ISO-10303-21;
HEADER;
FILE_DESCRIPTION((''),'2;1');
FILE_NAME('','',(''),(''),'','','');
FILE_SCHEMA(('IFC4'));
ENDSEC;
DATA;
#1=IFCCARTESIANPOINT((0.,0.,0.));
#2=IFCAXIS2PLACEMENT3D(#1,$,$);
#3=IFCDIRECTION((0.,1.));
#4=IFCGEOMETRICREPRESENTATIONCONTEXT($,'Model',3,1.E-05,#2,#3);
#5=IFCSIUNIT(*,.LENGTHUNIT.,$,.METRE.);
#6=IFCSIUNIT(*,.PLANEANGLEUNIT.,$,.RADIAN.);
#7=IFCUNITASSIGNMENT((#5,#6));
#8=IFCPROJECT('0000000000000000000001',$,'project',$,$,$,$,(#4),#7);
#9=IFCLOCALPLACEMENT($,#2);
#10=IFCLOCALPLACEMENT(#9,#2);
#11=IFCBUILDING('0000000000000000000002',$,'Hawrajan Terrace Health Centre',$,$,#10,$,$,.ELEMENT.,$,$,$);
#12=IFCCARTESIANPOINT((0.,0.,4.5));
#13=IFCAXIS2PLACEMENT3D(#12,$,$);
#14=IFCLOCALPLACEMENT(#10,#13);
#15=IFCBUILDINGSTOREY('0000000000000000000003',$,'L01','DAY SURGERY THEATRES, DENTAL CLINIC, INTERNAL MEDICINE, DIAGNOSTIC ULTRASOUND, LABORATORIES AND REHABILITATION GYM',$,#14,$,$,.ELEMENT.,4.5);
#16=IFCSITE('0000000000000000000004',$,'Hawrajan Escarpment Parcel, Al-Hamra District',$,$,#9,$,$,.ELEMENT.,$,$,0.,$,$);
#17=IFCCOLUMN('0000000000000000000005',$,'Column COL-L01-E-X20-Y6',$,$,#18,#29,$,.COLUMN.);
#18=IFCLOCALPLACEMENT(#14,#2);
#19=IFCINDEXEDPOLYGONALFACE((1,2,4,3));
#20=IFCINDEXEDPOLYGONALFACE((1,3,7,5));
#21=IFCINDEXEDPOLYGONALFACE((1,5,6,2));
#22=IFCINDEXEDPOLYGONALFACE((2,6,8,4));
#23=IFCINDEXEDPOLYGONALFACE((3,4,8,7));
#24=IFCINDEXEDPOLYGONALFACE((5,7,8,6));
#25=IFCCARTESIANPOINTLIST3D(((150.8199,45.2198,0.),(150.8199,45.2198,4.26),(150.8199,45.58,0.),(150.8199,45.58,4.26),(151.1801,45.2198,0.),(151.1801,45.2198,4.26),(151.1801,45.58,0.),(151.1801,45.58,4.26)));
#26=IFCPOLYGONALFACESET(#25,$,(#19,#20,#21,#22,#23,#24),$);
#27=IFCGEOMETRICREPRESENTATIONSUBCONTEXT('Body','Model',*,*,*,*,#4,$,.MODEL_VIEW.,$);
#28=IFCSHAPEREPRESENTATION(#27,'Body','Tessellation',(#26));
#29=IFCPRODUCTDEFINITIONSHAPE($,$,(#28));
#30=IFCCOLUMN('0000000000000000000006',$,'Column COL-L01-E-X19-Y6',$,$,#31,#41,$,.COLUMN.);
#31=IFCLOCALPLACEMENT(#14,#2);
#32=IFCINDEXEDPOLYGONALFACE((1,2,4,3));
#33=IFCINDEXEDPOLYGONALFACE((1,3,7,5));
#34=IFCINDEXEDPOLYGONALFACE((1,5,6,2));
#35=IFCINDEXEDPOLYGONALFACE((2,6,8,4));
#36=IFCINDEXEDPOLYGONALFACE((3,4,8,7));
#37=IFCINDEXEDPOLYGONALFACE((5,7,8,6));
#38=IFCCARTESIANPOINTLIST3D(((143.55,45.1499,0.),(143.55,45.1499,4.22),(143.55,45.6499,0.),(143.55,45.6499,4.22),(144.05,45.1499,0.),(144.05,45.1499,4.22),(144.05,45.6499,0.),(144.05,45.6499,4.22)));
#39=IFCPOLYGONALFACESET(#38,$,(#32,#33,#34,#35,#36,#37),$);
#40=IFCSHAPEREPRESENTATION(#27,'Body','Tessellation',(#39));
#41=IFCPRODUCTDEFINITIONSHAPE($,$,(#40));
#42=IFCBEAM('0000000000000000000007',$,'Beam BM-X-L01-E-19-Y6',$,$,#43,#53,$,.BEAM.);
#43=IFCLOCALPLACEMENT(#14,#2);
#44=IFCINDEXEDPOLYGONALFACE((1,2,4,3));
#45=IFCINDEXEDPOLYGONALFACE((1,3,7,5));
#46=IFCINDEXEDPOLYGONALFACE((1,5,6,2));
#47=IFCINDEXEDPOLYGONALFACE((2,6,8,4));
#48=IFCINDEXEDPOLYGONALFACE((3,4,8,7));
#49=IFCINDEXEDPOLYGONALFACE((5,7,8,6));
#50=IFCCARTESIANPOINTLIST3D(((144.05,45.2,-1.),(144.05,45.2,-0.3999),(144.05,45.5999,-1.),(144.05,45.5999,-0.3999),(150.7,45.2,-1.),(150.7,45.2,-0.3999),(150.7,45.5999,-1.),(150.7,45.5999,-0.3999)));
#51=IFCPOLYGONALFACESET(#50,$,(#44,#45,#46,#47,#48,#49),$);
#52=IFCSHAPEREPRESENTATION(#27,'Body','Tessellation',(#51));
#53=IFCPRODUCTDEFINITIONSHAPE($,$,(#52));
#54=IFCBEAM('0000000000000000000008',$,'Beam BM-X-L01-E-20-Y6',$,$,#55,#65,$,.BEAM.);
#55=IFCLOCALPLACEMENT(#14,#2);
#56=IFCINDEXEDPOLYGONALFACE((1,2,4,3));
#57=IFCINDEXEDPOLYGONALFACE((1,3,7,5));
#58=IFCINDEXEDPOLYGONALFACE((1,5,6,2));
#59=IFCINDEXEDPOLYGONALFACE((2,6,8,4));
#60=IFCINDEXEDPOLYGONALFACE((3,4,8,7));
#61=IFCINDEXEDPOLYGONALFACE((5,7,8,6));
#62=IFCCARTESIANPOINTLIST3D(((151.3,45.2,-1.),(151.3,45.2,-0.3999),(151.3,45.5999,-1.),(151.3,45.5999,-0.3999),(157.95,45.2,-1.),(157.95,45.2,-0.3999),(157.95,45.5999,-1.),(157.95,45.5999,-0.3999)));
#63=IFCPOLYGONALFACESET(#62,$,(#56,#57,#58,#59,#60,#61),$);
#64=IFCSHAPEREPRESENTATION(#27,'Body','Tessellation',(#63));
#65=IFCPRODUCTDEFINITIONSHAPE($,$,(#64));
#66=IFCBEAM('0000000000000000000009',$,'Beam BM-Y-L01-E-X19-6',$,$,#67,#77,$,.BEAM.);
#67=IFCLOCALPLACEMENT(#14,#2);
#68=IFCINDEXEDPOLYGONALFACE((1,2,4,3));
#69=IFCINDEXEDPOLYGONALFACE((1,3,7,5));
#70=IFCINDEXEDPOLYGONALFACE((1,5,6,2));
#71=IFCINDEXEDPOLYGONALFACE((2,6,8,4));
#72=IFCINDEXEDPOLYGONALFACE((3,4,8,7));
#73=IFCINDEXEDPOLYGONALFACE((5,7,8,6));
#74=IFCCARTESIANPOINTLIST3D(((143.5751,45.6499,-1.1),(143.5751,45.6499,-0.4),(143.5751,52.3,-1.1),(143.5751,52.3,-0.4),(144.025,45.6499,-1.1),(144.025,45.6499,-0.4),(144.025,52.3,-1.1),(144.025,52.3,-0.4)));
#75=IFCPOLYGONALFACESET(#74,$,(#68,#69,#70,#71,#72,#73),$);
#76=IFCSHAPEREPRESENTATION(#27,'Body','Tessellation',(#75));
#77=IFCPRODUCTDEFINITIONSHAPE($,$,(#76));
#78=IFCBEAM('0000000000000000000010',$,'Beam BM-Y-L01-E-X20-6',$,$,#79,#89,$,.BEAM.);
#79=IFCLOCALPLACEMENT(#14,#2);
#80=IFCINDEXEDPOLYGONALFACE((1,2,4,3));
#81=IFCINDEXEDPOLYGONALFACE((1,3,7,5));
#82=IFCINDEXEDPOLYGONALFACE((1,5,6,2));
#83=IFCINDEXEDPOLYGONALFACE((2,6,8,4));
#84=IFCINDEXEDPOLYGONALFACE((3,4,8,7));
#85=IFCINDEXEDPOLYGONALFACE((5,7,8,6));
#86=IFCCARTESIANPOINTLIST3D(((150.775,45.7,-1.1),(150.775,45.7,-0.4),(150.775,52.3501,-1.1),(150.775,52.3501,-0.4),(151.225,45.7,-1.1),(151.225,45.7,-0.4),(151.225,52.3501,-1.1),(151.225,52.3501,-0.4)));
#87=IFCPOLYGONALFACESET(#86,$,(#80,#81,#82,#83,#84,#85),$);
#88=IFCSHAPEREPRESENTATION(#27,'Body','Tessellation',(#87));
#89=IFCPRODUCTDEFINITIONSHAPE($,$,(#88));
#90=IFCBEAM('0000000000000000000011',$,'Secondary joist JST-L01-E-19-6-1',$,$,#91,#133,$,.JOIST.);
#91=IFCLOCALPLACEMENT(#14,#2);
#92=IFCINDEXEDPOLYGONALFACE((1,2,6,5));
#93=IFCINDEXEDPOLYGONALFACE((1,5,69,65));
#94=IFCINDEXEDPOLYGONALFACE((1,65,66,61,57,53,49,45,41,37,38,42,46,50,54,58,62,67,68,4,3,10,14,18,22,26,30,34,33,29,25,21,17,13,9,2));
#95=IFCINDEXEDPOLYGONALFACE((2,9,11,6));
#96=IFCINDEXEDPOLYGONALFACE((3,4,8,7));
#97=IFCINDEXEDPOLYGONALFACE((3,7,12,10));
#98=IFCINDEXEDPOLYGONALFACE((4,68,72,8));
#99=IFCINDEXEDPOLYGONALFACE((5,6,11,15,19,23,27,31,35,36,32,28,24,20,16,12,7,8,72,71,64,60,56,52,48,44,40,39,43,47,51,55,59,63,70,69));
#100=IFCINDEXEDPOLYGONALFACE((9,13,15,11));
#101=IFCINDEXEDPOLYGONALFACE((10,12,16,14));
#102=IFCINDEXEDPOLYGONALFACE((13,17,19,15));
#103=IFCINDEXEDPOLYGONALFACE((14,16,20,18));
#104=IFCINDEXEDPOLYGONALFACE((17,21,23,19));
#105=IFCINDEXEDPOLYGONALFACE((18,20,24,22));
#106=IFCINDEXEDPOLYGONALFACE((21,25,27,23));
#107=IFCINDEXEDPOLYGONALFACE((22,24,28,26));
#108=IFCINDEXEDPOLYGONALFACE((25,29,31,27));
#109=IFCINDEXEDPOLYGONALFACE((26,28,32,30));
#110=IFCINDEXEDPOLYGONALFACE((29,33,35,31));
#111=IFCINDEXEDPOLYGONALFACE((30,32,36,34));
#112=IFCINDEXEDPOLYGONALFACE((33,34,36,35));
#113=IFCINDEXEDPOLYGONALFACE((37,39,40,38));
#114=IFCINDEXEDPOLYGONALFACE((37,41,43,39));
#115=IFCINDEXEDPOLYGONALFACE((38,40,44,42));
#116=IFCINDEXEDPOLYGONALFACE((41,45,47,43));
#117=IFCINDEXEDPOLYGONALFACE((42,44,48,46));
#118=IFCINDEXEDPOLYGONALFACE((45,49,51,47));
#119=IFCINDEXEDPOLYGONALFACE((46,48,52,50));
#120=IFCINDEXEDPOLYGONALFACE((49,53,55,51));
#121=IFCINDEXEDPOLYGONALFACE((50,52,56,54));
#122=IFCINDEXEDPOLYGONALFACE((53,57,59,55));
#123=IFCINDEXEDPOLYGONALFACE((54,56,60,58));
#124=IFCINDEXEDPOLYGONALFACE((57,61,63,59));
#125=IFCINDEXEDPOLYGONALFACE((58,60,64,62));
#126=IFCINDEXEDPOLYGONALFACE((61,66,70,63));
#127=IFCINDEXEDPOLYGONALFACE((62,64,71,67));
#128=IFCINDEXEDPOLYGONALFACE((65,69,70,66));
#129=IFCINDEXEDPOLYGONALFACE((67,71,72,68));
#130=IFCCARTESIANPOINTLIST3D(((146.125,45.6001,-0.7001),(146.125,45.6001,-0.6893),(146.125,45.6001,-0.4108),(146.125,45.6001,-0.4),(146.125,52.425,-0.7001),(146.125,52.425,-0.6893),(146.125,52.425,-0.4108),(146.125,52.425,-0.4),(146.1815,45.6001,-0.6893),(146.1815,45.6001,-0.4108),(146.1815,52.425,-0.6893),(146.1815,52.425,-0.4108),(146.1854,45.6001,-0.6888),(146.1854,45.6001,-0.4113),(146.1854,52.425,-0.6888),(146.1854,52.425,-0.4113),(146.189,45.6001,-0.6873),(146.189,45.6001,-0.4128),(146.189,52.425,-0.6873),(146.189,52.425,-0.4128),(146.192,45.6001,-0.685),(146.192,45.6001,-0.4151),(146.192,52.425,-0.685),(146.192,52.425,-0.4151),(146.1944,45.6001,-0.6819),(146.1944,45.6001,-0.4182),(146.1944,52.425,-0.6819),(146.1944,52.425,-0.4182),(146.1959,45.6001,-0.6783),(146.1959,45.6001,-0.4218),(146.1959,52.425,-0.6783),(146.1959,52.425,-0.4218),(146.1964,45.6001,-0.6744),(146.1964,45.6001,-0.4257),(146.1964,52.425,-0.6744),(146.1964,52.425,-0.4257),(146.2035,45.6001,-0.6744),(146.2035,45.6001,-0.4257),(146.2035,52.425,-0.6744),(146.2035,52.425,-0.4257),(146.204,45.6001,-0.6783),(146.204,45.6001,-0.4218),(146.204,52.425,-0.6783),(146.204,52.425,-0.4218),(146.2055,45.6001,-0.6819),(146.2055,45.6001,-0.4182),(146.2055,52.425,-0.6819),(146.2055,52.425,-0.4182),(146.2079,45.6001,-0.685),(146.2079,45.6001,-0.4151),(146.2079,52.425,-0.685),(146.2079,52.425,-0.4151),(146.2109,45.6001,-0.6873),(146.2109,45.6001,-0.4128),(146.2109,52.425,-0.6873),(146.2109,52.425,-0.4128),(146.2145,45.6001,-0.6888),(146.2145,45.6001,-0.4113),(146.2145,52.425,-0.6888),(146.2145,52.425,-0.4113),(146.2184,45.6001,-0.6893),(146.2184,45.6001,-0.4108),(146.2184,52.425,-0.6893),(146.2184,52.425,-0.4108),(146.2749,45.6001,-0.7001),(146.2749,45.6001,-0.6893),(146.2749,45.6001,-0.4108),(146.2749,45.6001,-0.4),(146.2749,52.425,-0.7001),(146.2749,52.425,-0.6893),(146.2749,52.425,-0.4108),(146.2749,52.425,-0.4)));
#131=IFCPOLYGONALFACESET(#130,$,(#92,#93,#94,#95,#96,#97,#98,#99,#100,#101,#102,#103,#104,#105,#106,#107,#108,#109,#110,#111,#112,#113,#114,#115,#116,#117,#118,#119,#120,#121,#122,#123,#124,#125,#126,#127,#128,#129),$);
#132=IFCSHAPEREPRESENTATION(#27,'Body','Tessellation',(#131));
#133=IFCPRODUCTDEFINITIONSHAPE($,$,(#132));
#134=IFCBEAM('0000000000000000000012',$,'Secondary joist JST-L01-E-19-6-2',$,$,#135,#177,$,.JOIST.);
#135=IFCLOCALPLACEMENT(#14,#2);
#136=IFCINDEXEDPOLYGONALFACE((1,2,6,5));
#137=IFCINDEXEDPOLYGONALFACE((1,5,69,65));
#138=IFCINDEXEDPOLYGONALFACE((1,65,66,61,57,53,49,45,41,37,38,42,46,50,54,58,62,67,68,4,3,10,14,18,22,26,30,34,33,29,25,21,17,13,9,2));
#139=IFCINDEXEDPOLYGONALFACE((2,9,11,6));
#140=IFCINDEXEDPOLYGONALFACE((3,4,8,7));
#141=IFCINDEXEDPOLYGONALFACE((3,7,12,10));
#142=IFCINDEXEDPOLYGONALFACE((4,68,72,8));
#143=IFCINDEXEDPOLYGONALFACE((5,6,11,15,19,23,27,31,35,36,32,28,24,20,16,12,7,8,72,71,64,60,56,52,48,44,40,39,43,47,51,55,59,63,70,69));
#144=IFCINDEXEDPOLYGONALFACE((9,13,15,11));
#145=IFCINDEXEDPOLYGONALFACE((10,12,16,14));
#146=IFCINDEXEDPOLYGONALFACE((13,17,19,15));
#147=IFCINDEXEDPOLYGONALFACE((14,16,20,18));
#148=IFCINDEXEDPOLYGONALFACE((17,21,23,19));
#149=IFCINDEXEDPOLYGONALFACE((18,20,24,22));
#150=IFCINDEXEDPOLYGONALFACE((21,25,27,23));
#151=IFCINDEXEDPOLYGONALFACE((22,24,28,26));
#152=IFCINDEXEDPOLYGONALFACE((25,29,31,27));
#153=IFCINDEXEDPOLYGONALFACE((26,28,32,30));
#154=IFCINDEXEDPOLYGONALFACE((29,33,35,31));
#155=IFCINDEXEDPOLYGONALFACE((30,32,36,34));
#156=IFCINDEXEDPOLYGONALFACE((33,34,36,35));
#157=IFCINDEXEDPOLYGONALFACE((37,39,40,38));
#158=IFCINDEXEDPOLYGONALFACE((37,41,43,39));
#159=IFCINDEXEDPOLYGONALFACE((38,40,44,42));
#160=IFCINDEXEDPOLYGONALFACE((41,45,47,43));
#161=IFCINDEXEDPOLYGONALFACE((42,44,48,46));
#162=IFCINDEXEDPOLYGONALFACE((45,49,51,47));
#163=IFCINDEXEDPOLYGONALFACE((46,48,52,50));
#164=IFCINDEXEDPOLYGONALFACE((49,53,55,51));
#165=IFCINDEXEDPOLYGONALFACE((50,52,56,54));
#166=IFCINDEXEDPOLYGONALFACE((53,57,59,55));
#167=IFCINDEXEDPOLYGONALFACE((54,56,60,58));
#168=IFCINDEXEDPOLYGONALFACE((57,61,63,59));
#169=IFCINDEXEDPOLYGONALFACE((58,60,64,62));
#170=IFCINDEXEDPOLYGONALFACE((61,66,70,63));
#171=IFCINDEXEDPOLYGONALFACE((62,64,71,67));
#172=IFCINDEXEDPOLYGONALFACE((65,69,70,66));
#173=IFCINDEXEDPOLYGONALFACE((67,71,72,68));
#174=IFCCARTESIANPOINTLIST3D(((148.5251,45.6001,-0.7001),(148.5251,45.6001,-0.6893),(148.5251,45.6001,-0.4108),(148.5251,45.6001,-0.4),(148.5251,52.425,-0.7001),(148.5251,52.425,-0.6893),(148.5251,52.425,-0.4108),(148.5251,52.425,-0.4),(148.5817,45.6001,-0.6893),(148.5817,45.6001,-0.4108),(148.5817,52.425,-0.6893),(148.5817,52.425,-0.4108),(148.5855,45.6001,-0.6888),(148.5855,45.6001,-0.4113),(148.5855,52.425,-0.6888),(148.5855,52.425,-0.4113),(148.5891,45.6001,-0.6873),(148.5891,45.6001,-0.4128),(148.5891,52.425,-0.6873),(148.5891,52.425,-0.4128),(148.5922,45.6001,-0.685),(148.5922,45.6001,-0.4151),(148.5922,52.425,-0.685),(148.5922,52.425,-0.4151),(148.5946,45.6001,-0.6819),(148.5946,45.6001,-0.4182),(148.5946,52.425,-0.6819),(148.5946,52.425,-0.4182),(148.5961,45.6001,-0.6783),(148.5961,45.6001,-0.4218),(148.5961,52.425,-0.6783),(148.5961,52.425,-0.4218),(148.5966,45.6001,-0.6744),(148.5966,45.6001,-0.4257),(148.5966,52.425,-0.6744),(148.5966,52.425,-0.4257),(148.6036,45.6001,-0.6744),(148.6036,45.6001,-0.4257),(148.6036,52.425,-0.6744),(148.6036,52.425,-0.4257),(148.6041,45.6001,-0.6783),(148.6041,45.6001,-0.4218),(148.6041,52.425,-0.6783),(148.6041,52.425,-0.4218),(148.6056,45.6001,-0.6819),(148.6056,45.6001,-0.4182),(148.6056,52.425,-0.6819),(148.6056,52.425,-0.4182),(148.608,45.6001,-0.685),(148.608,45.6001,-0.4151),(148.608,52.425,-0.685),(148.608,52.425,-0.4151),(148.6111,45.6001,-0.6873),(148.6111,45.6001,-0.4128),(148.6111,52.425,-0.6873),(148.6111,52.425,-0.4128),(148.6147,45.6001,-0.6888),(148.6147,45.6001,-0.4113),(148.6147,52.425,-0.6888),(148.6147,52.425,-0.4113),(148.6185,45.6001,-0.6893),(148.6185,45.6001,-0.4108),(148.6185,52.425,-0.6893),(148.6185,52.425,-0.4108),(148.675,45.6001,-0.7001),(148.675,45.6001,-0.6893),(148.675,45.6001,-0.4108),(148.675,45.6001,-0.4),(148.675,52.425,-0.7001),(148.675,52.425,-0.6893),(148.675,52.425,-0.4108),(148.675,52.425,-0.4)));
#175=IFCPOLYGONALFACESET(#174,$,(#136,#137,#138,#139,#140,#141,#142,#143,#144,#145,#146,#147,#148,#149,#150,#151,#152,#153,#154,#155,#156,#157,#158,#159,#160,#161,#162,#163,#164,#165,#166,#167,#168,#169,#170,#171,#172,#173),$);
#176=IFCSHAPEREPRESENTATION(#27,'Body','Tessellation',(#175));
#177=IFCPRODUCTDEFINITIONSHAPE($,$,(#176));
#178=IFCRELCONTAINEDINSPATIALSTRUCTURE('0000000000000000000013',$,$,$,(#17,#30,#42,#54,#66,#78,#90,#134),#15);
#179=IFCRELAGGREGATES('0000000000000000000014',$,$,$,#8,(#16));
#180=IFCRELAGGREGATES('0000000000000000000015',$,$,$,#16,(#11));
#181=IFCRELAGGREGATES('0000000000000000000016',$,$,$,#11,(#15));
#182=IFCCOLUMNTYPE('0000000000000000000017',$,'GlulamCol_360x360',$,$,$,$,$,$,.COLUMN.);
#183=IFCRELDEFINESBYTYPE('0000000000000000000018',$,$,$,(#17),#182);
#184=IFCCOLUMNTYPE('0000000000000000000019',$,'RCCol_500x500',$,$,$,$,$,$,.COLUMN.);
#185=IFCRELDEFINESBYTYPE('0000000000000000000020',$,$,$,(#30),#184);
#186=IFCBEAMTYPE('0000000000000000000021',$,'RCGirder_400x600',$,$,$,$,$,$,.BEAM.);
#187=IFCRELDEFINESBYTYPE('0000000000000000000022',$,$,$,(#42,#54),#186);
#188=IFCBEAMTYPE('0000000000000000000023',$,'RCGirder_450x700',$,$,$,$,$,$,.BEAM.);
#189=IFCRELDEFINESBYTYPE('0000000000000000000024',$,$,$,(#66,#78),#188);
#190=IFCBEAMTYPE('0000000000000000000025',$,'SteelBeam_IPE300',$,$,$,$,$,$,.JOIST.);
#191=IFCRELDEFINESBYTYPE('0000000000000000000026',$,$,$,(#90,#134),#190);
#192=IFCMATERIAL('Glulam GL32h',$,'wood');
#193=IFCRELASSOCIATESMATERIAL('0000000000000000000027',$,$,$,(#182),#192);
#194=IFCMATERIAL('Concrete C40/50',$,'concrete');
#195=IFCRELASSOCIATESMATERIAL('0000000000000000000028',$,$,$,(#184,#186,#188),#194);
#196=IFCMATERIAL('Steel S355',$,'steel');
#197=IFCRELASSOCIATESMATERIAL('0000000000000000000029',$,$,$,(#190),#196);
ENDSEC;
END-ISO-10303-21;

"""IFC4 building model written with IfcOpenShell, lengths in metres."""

from ifc_helpers import new_model, si_unit, direction, frame, origin, origin_2d, place, context, subcontext, project, spatial, rectangle, i_section, extrude, material, material_profile, profile_set, type_object, element, save


model = new_model("IFC4")

# Units and contexts
model_context = context("Model", 3, precision=1e-05, world=origin(), true_north=direction((0.0, 1.0)))
body_context = subcontext(model_context, "Body", "Model", "MODEL_VIEW")
ifc_project = project(units=[si_unit("LENGTHUNIT", "METRE"), si_unit("PLANEANGLEUNIT", "RADIAN")], contexts=[model_context])

# Site, building, storey
site_placement = place(None, origin())
site = spatial("IfcSite", under=ifc_project, at=site_placement, Name="Hawrajan Escarpment Parcel, Al-Hamra District", CompositionType="ELEMENT", RefElevation=0.0)
building_placement = place(site_placement, origin())
building = spatial("IfcBuilding", under=site, at=building_placement, Name="Hawrajan Terrace Health Centre", CompositionType="ELEMENT")
storey_placement = place(building_placement, frame((0.0, 0.0, 4.5)))
storey = spatial("IfcBuildingStorey", under=building, at=storey_placement, Name="L01", Description="DAY SURGERY THEATRES, DENTAL CLINIC, INTERNAL MEDICINE, DIAGNOSTIC ULTRASOUND, LABORATORIES AND REHABILITATION GYM", CompositionType="ELEMENT", Elevation=4.5)

# Columns
ifc_material_1 = material(Name="Glulam GL32h", Category="wood")
ifc_material_profile_1 = material_profile(ifc_material_1, rectangle(XDim=0.3601, YDim=0.3601, at=origin_2d()), Name="GL 360x360")
ifc_profile_set_1 = profile_set([ifc_material_profile_1], Name="Glulam GL32h")
column_type_1 = type_object("IfcColumnType", Name="GlulamCol_360x360", PredefinedType="COLUMN", material=ifc_profile_set_1)
column_1_placement = place(storey_placement, frame((151.0, 45.3999, 0.0), z_axis=(0.0, 0.0, 1.0), x_axis=(1.0, 0.0, 0.0)))
element("IfcColumn", 1, at=column_1_placement, inside=storey, type_object=column_type_1, Name="Column COL-L01-E-X20-Y6", PredefinedType="COLUMN", context=body_context, shape_type="SweptSolid", body=[
    extrude(rectangle(XDim=0.3601, YDim=0.3601, at=origin_2d()), origin(), (0.0, 0.0, 1.0), 4.26),
])
ifc_material_2 = material(Name="Concrete C40/50", Category="concrete")
ifc_material_profile_2 = material_profile(ifc_material_2, rectangle(XDim=0.5, YDim=0.5, at=origin_2d()), Name="RC 500x500")
ifc_profile_set_2 = profile_set([ifc_material_profile_2], Name="Concrete C40/50")
column_type_2 = type_object("IfcColumnType", Name="RCCol_500x500", PredefinedType="COLUMN", material=ifc_profile_set_2)
column_2_placement = place(storey_placement, frame((143.8, 45.3999, 0.0), z_axis=(0.0, 0.0, 1.0), x_axis=(1.0, 0.0, 0.0)))
element("IfcColumn", 2, at=column_2_placement, inside=storey, type_object=column_type_2, Name="Column COL-L01-E-X19-Y6", PredefinedType="COLUMN", context=body_context, shape_type="SweptSolid", body=[
    extrude(rectangle(XDim=0.5, YDim=0.5, at=origin_2d()), origin(), (0.0, 0.0, 1.0), 4.22),
])

# Beams
ifc_material_profile_3 = material_profile(ifc_material_2, rectangle(XDim=0.3999, YDim=0.6001, at=origin_2d()), Name="RC BM 400x600")
ifc_profile_set_3 = profile_set([ifc_material_profile_3], Name="Concrete C40/50")
beam_type_1 = type_object("IfcBeamType", Name="RCGirder_400x600", PredefinedType="BEAM", material=ifc_profile_set_3)
for number, where, z_axis, x_axis, name in (
    (3, (144.05, 45.3999, -0.7), (1.0, 0.0, 0.0), (0.0, 1.0, 0.0), "Beam BM-X-L01-E-19-Y6"),
    (4, (151.3, 45.3999, -0.7), (1.0, 0.0, 0.0), (0.0, 1.0, 0.0), "Beam BM-X-L01-E-20-Y6"),
):
    element("IfcBeam", number, at=place(storey_placement, frame(where, z_axis=z_axis, x_axis=x_axis)), inside=storey, type_object=beam_type_1, Name=name, PredefinedType="BEAM", context=body_context, shape_type="SweptSolid", body=[
        extrude(rectangle(XDim=0.3999, YDim=0.6001, at=origin_2d()), origin(), (0.0, 0.0, 1.0), 6.6499),
    ])
ifc_material_profile_4 = material_profile(ifc_material_2, rectangle(XDim=0.45, YDim=0.7, at=origin_2d()), Name="RC BM 450x700")
ifc_profile_set_4 = profile_set([ifc_material_profile_4], Name="Concrete C40/50")
beam_type_2 = type_object("IfcBeamType", Name="RCGirder_450x700", PredefinedType="BEAM", material=ifc_profile_set_4)
for number, where, z_axis, x_axis, name in (
    (5, (143.8, 45.6499, -0.75), (0.0, 1.0, 0.0), (-1.0, 0.0, 0.0), "Beam BM-Y-L01-E-X19-6"),
    (6, (151.0, 45.7, -0.75), (0.0, 1.0, 0.0), (-1.0, 0.0, 0.0), "Beam BM-Y-L01-E-X20-6"),
):
    element("IfcBeam", number, at=place(storey_placement, frame(where, z_axis=z_axis, x_axis=x_axis)), inside=storey, type_object=beam_type_2, Name=name, PredefinedType="BEAM", context=body_context, shape_type="SweptSolid", body=[
        extrude(rectangle(XDim=0.45, YDim=0.7, at=origin_2d()), origin(), (0.0, 0.0, 1.0), 6.6501),
    ])
ifc_material_3 = material(Name="Steel S355", Category="steel")
ifc_material_profile_5 = material_profile(ifc_material_3, i_section(OverallWidth=0.1499, OverallDepth=0.3, WebThickness=0.0071, FlangeThickness=0.0107, FilletRadius=0.0149, at=origin_2d()), Name="IPE 300")
ifc_profile_set_5 = profile_set([ifc_material_profile_5], Name="Steel S355")
beam_type_3 = type_object("IfcBeamType", Name="SteelBeam_IPE300", PredefinedType="JOIST", material=ifc_profile_set_5)
for number, where, z_axis, x_axis, name in (
    (7, (146.2, 45.6001, -0.55), (0.0, 1.0, 0.0), (-1.0, 0.0, 0.0), "Secondary joist JST-L01-E-19-6-1"),
    (8, (148.6001, 45.6001, -0.55), (0.0, 1.0, 0.0), (-1.0, 0.0, 0.0), "Secondary joist JST-L01-E-19-6-2"),
):
    element("IfcBeam", number, at=place(storey_placement, frame(where, z_axis=z_axis, x_axis=x_axis)), inside=storey, type_object=beam_type_3, Name=name, PredefinedType="JOIST", context=body_context, shape_type="SweptSolid", body=[
        extrude(i_section(OverallWidth=0.1499, OverallDepth=0.3, WebThickness=0.0071, FlangeThickness=0.0107, FilletRadius=0.0149, at=origin_2d()), origin(), (0.0, 0.0, 1.0), 6.825),
    ])

save(model, "model.ifc")
